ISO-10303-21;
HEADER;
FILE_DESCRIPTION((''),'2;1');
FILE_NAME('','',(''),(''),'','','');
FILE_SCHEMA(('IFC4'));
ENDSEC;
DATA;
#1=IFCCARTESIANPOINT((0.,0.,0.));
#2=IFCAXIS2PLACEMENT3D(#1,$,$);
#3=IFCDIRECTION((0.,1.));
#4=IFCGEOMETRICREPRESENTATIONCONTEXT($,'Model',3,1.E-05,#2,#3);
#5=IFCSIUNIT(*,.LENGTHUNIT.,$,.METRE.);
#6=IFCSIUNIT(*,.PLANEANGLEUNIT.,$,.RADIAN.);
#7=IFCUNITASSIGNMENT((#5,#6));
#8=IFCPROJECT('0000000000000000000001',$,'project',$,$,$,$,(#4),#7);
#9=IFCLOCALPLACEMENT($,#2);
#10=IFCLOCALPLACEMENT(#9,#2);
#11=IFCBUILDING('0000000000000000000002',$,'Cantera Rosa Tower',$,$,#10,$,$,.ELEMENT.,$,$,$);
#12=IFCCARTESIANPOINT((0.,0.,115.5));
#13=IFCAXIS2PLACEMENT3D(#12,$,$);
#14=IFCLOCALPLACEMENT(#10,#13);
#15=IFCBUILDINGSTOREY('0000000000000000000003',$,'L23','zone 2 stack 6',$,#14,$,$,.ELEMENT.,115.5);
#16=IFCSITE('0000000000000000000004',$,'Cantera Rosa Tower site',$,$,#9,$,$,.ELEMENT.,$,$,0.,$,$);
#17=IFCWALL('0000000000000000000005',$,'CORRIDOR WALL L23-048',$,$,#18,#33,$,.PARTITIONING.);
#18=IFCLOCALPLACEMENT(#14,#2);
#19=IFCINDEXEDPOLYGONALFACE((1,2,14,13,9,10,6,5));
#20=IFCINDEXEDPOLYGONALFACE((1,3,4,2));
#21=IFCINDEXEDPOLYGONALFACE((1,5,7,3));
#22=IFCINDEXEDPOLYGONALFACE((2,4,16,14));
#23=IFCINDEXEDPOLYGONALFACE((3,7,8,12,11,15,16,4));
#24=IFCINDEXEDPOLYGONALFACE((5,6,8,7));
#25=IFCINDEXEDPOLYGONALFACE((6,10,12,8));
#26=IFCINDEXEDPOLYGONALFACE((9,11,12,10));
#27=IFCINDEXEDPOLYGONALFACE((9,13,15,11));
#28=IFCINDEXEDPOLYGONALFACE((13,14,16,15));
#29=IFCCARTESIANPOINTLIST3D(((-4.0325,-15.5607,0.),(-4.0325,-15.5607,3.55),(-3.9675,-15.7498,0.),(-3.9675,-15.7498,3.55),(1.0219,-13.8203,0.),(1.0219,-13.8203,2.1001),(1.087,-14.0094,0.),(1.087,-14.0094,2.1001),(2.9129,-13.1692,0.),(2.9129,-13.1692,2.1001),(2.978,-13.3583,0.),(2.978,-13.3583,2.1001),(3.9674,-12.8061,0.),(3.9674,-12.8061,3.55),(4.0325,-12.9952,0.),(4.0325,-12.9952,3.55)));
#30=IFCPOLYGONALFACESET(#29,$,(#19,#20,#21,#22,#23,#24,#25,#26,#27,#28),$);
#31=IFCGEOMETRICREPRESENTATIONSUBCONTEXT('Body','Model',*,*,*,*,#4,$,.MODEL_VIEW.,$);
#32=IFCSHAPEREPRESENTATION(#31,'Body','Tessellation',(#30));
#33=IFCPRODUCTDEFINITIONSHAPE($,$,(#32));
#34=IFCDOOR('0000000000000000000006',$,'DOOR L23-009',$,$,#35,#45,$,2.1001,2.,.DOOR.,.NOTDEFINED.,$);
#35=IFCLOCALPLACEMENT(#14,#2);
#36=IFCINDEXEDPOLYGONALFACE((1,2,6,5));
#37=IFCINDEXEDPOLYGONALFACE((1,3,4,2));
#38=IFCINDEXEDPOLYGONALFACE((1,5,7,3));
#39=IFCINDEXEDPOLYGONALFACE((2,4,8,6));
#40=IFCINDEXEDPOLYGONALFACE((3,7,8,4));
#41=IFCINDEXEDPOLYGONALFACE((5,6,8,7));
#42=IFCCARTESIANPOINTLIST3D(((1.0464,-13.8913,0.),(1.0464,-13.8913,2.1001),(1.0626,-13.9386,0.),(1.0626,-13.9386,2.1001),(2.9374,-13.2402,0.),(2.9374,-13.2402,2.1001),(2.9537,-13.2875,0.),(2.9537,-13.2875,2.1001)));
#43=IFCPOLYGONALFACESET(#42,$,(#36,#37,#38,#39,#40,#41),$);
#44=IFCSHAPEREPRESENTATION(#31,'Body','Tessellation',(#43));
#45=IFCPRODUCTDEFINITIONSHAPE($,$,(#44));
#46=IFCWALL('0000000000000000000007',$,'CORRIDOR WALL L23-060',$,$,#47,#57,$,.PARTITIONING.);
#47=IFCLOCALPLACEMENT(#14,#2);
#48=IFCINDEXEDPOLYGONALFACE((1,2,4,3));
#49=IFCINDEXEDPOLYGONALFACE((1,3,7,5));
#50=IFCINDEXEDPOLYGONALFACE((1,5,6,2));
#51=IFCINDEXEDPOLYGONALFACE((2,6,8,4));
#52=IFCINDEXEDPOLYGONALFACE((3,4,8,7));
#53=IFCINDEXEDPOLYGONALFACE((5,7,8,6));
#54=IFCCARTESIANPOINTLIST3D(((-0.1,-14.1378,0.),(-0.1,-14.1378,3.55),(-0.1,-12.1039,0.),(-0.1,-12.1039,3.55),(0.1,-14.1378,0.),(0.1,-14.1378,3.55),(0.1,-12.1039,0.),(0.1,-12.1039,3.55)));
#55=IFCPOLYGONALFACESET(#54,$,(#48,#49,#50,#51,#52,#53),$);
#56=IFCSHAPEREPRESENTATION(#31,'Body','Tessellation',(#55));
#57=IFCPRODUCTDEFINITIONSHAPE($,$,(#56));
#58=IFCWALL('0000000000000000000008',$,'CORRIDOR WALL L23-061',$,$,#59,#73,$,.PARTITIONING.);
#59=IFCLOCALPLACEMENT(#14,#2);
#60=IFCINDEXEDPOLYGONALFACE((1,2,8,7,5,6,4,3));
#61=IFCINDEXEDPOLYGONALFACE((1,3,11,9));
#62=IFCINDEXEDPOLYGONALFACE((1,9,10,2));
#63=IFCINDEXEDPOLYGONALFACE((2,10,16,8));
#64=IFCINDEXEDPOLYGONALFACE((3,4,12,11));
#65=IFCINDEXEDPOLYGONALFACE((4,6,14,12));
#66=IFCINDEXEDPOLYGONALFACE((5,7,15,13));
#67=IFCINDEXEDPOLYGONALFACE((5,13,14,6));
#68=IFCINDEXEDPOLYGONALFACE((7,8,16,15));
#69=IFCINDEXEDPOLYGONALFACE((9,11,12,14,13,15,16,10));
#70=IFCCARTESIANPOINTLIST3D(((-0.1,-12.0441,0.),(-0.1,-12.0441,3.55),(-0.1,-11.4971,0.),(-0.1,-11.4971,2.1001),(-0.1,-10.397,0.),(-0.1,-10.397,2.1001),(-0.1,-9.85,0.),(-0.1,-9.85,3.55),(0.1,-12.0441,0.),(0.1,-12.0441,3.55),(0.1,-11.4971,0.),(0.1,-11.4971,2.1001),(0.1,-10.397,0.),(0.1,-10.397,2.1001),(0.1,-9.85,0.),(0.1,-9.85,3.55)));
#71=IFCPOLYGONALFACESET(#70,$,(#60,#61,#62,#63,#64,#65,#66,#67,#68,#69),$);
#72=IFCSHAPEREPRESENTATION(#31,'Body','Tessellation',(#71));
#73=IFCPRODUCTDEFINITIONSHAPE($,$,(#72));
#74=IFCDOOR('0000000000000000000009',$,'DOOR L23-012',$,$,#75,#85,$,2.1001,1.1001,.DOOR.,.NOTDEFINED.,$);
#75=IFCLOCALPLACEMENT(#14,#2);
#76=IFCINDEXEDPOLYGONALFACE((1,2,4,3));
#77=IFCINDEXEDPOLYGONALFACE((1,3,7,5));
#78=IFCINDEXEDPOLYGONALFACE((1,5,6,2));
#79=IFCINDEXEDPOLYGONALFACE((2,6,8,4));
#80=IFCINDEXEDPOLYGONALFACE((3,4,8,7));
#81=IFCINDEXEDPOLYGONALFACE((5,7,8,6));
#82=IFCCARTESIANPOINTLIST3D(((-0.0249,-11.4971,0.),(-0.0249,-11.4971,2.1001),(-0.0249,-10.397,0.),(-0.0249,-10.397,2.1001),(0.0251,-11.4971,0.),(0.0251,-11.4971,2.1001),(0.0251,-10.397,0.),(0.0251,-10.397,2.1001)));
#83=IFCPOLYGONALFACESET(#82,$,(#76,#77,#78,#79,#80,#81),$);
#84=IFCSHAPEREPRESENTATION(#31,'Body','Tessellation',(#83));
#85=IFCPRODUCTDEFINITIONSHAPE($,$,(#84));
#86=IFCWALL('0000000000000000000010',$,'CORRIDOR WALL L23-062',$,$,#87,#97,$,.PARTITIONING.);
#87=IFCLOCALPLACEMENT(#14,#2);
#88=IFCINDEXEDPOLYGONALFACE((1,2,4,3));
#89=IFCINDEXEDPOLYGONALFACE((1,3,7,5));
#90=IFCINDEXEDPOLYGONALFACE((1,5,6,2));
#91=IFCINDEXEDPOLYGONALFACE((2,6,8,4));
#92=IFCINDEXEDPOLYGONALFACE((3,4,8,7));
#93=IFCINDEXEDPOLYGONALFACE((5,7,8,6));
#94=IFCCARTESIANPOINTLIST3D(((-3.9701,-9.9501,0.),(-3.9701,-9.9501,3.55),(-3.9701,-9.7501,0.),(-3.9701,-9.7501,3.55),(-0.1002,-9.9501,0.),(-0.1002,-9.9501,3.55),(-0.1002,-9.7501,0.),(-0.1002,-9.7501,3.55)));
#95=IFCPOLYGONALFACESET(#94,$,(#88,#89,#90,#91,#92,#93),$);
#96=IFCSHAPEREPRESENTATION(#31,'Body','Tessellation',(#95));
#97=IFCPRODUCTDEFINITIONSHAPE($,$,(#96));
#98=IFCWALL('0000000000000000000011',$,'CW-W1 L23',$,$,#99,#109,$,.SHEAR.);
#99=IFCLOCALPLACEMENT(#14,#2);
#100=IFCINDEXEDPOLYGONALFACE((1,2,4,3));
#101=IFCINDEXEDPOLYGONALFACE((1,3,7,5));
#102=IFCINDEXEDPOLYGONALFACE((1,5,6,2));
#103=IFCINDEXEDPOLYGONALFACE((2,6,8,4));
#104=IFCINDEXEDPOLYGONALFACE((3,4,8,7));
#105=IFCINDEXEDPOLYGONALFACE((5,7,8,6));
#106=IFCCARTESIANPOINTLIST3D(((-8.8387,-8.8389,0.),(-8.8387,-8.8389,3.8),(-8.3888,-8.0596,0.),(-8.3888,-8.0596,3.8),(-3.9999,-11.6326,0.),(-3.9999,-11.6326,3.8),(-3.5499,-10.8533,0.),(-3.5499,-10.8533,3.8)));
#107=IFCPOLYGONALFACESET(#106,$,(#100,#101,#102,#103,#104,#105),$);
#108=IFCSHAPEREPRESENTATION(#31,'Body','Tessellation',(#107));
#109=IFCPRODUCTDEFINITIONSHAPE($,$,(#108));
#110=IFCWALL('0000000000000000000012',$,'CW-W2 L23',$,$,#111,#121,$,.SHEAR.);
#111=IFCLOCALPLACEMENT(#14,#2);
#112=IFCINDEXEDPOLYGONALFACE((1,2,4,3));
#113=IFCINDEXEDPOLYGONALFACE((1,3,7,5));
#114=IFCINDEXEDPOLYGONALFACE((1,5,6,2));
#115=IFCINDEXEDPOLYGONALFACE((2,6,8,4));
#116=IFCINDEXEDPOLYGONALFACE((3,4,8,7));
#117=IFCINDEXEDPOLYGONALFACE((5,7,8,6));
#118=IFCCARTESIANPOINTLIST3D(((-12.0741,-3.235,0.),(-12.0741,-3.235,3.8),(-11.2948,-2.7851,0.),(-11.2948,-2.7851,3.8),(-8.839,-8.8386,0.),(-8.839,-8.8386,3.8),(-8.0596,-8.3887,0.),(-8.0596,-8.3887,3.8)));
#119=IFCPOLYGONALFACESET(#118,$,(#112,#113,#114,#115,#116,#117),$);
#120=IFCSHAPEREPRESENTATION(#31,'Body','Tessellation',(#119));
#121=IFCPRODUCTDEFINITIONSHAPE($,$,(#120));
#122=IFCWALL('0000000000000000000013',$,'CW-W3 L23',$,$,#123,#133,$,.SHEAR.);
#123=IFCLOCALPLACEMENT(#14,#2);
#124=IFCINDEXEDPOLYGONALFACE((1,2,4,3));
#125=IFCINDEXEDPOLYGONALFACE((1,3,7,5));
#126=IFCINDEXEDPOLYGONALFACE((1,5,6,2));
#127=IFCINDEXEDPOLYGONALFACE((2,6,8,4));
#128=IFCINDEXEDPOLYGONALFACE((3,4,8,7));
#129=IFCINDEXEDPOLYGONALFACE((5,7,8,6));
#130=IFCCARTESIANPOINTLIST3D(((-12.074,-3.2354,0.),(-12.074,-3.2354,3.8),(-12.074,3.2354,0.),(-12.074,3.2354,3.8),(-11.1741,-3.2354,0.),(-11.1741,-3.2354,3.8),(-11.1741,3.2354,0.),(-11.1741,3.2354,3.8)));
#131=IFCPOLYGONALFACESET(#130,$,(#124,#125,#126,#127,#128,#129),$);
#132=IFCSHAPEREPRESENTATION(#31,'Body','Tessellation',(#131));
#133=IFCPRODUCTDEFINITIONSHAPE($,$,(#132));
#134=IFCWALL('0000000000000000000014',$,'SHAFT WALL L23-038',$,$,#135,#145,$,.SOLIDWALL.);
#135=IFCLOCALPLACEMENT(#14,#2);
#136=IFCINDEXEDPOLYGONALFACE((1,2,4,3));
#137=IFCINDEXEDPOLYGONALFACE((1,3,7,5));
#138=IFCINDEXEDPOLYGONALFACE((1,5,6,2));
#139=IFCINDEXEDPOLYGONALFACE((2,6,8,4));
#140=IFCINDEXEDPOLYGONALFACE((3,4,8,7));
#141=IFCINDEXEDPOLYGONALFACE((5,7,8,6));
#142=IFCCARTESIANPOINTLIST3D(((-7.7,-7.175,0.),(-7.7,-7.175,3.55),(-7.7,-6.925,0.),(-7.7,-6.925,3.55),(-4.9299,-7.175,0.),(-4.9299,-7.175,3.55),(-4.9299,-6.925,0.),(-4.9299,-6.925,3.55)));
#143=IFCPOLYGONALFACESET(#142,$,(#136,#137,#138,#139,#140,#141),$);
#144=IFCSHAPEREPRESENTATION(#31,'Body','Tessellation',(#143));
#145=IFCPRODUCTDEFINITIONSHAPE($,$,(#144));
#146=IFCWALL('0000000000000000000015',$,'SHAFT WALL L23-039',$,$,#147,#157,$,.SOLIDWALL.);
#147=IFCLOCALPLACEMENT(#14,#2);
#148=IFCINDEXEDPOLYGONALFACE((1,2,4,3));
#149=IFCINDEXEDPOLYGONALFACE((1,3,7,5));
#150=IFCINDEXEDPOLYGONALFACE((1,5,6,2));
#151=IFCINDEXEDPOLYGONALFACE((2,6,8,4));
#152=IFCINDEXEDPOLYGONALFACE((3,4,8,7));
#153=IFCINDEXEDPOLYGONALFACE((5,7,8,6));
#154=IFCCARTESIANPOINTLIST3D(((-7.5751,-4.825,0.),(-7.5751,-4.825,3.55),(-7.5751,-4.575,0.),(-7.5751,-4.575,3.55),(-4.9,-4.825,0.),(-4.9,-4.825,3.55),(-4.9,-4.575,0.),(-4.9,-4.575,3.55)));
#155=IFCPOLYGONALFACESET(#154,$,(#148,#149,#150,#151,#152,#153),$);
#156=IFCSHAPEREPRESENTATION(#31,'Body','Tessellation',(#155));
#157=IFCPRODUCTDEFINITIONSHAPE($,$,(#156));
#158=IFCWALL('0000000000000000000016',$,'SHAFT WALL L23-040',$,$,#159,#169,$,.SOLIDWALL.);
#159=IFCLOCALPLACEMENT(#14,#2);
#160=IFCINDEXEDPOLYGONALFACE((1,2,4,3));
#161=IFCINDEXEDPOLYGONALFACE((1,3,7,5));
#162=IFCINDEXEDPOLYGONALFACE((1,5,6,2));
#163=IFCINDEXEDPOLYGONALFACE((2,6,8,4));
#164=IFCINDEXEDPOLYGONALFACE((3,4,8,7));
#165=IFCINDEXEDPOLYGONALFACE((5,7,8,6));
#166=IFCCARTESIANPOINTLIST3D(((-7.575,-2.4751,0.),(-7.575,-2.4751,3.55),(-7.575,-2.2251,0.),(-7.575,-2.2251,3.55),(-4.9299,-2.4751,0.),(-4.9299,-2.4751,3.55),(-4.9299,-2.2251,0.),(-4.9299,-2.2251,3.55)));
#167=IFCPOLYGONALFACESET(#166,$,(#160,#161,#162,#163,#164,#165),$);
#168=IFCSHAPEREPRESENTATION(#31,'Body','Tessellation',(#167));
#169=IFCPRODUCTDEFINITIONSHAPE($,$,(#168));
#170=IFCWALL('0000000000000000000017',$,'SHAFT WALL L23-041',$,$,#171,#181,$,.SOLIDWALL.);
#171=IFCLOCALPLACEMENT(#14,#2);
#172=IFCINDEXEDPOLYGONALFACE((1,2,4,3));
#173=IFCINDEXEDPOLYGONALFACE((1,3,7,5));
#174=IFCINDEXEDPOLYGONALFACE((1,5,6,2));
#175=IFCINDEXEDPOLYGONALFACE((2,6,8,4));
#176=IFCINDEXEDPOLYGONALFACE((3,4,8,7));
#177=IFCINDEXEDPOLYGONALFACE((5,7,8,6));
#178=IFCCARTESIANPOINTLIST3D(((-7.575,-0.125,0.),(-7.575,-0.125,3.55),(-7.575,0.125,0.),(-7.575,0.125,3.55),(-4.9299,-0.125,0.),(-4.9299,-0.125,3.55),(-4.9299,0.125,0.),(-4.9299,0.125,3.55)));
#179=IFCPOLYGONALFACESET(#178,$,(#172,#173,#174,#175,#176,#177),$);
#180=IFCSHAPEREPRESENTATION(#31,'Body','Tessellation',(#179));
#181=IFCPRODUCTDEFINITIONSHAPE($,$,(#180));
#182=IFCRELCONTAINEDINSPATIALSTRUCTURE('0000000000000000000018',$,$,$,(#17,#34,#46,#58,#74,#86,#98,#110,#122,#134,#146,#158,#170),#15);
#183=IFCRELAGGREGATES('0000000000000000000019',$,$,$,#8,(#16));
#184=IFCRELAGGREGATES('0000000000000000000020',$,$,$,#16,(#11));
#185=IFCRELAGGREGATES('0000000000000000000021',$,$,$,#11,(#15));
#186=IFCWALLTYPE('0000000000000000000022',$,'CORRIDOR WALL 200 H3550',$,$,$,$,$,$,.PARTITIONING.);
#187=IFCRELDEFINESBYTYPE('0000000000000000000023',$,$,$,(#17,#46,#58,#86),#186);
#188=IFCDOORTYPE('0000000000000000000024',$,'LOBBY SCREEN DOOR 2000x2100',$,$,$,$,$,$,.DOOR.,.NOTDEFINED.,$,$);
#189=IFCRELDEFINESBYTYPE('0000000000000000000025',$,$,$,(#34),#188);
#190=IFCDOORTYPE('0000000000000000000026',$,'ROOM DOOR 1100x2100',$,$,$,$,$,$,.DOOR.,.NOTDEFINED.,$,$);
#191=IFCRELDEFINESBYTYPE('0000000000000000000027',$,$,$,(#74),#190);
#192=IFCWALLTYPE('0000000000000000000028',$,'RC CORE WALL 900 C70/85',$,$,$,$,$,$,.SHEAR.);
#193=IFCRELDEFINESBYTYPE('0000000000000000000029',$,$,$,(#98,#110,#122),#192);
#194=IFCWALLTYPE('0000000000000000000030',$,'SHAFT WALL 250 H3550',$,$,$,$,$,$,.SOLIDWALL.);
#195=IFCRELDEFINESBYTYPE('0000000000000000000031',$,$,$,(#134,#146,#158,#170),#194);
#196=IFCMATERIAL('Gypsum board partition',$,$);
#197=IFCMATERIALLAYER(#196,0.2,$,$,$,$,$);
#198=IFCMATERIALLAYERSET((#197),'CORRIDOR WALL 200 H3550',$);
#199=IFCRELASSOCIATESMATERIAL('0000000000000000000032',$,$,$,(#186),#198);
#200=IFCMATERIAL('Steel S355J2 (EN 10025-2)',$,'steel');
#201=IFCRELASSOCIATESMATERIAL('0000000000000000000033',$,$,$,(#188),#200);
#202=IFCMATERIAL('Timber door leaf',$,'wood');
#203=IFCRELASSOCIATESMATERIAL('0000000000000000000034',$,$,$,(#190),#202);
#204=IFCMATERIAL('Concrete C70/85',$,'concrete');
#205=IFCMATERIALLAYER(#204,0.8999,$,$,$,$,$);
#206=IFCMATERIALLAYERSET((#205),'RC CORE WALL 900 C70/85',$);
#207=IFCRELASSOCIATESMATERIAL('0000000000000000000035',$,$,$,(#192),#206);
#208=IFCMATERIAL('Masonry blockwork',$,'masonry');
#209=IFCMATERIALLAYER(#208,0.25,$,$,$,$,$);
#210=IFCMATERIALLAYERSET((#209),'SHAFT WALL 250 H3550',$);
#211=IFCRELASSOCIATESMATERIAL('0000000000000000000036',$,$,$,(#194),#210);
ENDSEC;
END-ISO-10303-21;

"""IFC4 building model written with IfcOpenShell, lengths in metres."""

from ifc_helpers import new_model, si_unit, direction, frame, frame_2d, origin, place, context, subcontext, project, spatial, rectangle, extrude, material, layer, layer_set, type_object, element, fill, save


model = new_model("IFC4")

# Units and contexts
model_context = context("Model", 3, precision=1e-05, world=origin(), true_north=direction((0.0, 1.0)))
body_context = subcontext(model_context, "Body", "Model", "MODEL_VIEW")
ifc_project = project(units=[si_unit("LENGTHUNIT", "METRE"), si_unit("PLANEANGLEUNIT", "RADIAN")], contexts=[model_context])

# Site, building, storey
site_placement = place(None, origin())
site = spatial("IfcSite", under=ifc_project, at=site_placement, Name="Cantera Rosa Tower site", CompositionType="ELEMENT", RefElevation=0.0)
building_placement = place(site_placement, origin())
building = spatial("IfcBuilding", under=site, at=building_placement, Name="Cantera Rosa Tower", CompositionType="ELEMENT")
storey_placement = place(building_placement, frame((0.0, 0.0, 115.5)))
storey = spatial("IfcBuildingStorey", under=building, at=storey_placement, Name="L23", Description="zone 2 stack 6", CompositionType="ELEMENT", Elevation=115.5)

# Wall, opening, door
ifc_material_1 = material(Name="Gypsum board partition")
ifc_layer_1 = layer(ifc_material_1, 0.2)
ifc_layer_set_1 = layer_set([ifc_layer_1], Name="CORRIDOR WALL 200 H3550")
wall_type_1 = type_object("IfcWallType", Name="CORRIDOR WALL 200 H3550", PredefinedType="PARTITIONING", material=ifc_layer_set_1)
wall_1_placement = place(storey_placement, frame((-4.0, -15.6553, 0.0), z_axis=(0.0, 0.0, 1.0), x_axis=(0.945518, 0.32557, 0.0)))
wall_1 = element("IfcWall", 1, at=wall_1_placement, inside=storey, type_object=wall_type_1, Name="CORRIDOR WALL L23-048", PredefinedType="PARTITIONING", context=body_context, shape_type="SweptSolid", body=[
    extrude(rectangle(XDim=8.4609, YDim=0.2, at=frame_2d((4.2305, 0.0))), origin(), (0.0, 0.0, 1.0), 3.55),
])
opening_1_placement = place(wall_1_placement, frame((5.3457, 0.0, 0.0)))
opening_1 = element("IfcOpeningElement", 2, at=opening_1_placement, cuts=wall_1, PredefinedType="OPENING", context=body_context, shape_type="SweptSolid", body=[
    extrude(rectangle(XDim=2.0, YDim=2.1001, at=frame_2d((1.0, 1.05))), frame((0.0, 0.1099, 0.0), z_axis=(0.0, -1.0, 0.0), x_axis=(1.0, 0.0, 0.0)), (0.0, 0.0, 1.0), 0.22),
])
ifc_material_2 = material(Name="Steel S355J2 (EN 10025-2)", Category="steel")
door_type_1 = type_object("IfcDoorType", Name="LOBBY SCREEN DOOR 2000x2100", OperationType="NOTDEFINED", PredefinedType="DOOR", material=ifc_material_2)
door_1_placement = place(opening_1_placement, origin())
door_1 = element("IfcDoor", 3, at=door_1_placement, inside=storey, type_object=door_type_1, Name="DOOR L23-009", OperationType="NOTDEFINED", OverallHeight=2.1001, OverallWidth=2.0, PredefinedType="DOOR", context=body_context, shape_type="SweptSolid", body=[
    extrude(rectangle(XDim=2.0, YDim=2.1001, at=frame_2d((1.0, 1.05))), frame((0.0, 0.0249, 0.0), z_axis=(0.0, -1.0, 0.0), x_axis=(1.0, 0.0, 0.0)), (0.0, 0.0, 1.0), 0.05),
])
fill(opening_1, door_1)

# Wall
wall_2_placement = place(storey_placement, frame((0.0, -14.1379, 0.0), z_axis=(0.0, 0.0, 1.0), x_axis=(0.0, 1.0, 0.0)))
element("IfcWall", 4, at=wall_2_placement, inside=storey, type_object=wall_type_1, Name="CORRIDOR WALL L23-060", PredefinedType="PARTITIONING", context=body_context, shape_type="SweptSolid", body=[
    extrude(rectangle(XDim=2.0339, YDim=0.2, at=frame_2d((1.0171, 0.0))), origin(), (0.0, 0.0, 1.0), 3.55),
])

# Wall, opening, door
wall_3_placement = place(storey_placement, frame((0.0, -12.0442, 0.0), z_axis=(0.0, 0.0, 1.0), x_axis=(0.0, 1.0, 0.0)))
wall_3 = element("IfcWall", 5, at=wall_3_placement, inside=storey, type_object=wall_type_1, Name="CORRIDOR WALL L23-061", PredefinedType="PARTITIONING", context=body_context, shape_type="SweptSolid", body=[
    extrude(rectangle(XDim=2.1941, YDim=0.2, at=frame_2d((1.0972, 0.0))), origin(), (0.0, 0.0, 1.0), 3.55),
])
opening_2_placement = place(wall_3_placement, frame((0.5471, 0.0, 0.0)))
opening_2 = element("IfcOpeningElement", 6, at=opening_2_placement, cuts=wall_3, PredefinedType="OPENING", context=body_context, shape_type="SweptSolid", body=[
    extrude(rectangle(XDim=1.1001, YDim=2.1001, at=frame_2d((0.55, 1.05))), frame((0.0, 0.1099, 0.0), z_axis=(0.0, -1.0, 0.0), x_axis=(1.0, 0.0, 0.0)), (0.0, 0.0, 1.0), 0.22),
])
ifc_material_3 = material(Name="Timber door leaf", Category="wood")
door_type_2 = type_object("IfcDoorType", Name="ROOM DOOR 1100x2100", OperationType="NOTDEFINED", PredefinedType="DOOR", material=ifc_material_3)
door_2_placement = place(opening_2_placement, origin())
door_2 = element("IfcDoor", 7, at=door_2_placement, inside=storey, type_object=door_type_2, Name="DOOR L23-012", OperationType="NOTDEFINED", OverallHeight=2.1001, OverallWidth=1.1001, PredefinedType="DOOR", context=body_context, shape_type="SweptSolid", body=[
    extrude(rectangle(XDim=1.1001, YDim=2.1001, at=frame_2d((0.55, 1.05))), frame((0.0, 0.0249, 0.0), z_axis=(0.0, -1.0, 0.0), x_axis=(1.0, 0.0, 0.0)), (0.0, 0.0, 1.0), 0.05),
])
fill(opening_2, door_2)

# Walls
wall_4_placement = place(storey_placement, frame((-0.1001, -9.8501, 0.0), z_axis=(0.0, 0.0, 1.0), x_axis=(-1.0, 0.0, 0.0)))
element("IfcWall", 8, at=wall_4_placement, inside=storey, type_object=wall_type_1, Name="CORRIDOR WALL L23-062", PredefinedType="PARTITIONING", context=body_context, shape_type="SweptSolid", body=[
    extrude(rectangle(XDim=3.8699, YDim=0.2, at=frame_2d((1.9351, 0.0))), origin(), (0.0, 0.0, 1.0), 3.55),
])
ifc_material_4 = material(Name="Concrete C70/85", Category="concrete")
ifc_layer_2 = layer(ifc_material_4, 0.8999)
ifc_layer_set_2 = layer_set([ifc_layer_2], Name="RC CORE WALL 900 C70/85")
wall_type_2 = type_object("IfcWallType", Name="RC CORE WALL 900 C70/85", PredefinedType="SHEAR", material=ifc_layer_set_2)
wall_5_placement = place(storey_placement, frame((-3.7749, -11.2429, 0.0), z_axis=(0.0, 0.0, 1.0), x_axis=(-0.866027, 0.499997, 0.0)))
element("IfcWall", 9, at=wall_5_placement, inside=storey, type_object=wall_type_2, Name="CW-W1 L23", PredefinedType="SHEAR", context=body_context, shape_type="SweptSolid", body=[
    extrude(rectangle(XDim=5.5874, YDim=0.8999, at=frame_2d((2.7937, 0.0))), origin(), (0.0, 0.0, 1.0), 3.8),
])
wall_6_placement = place(storey_placement, frame((-8.4492, -8.6138, 0.0), z_axis=(0.0, 0.0, 1.0), x_axis=(-0.49999, 0.866031, 0.0)))
element("IfcWall", 10, at=wall_6_placement, inside=storey, type_object=wall_type_2, Name="CW-W2 L23", PredefinedType="SHEAR", context=body_context, shape_type="SweptSolid", body=[
    extrude(rectangle(XDim=6.4705, YDim=0.8999, at=frame_2d((3.2354, 0.0))), origin(), (0.0, 0.0, 1.0), 3.8),
])
wall_7_placement = place(storey_placement, frame((-11.624, -3.2354, 0.0), z_axis=(0.0, 0.0, 1.0), x_axis=(0.0, 1.0, 0.0)))
element("IfcWall", 11, at=wall_7_placement, inside=storey, type_object=wall_type_2, Name="CW-W3 L23", PredefinedType="SHEAR", context=body_context, shape_type="SweptSolid", body=[
    extrude(rectangle(XDim=6.4707, YDim=0.8999, at=frame_2d((3.2354, 0.0))), origin(), (0.0, 0.0, 1.0), 3.8),
])
ifc_material_5 = material(Name="Masonry blockwork", Category="masonry")
ifc_layer_3 = layer(ifc_material_5, 0.25)
ifc_layer_set_3 = layer_set([ifc_layer_3], Name="SHAFT WALL 250 H3550")
wall_type_3 = type_object("IfcWallType", Name="SHAFT WALL 250 H3550", PredefinedType="SOLIDWALL", material=ifc_layer_set_3)
wall_8_placement = place(storey_placement, frame((-7.7, -7.05, 0.0), z_axis=(0.0, 0.0, 1.0), x_axis=(1.0, 0.0, 0.0)))
element("IfcWall", 12, at=wall_8_placement, inside=storey, type_object=wall_type_3, Name="SHAFT WALL L23-038", PredefinedType="SOLIDWALL", context=body_context, shape_type="SweptSolid", body=[
    extrude(rectangle(XDim=2.77, YDim=0.25, at=frame_2d((1.385, 0.0))), origin(), (0.0, 0.0, 1.0), 3.55),
])
wall_9_placement = place(storey_placement, frame((-7.575, -4.7, 0.0), z_axis=(0.0, 0.0, 1.0), x_axis=(1.0, 0.0, 0.0)))
element("IfcWall", 13, at=wall_9_placement, inside=storey, type_object=wall_type_3, Name="SHAFT WALL L23-039", PredefinedType="SOLIDWALL", context=body_context, shape_type="SweptSolid", body=[
    extrude(rectangle(XDim=2.675, YDim=0.25, at=frame_2d((1.3374, 0.0))), origin(), (0.0, 0.0, 1.0), 3.55),
])
for number, where, z_axis, x_axis, name in (
    (14, (-7.575, -2.3501, 0.0), (0.0, 0.0, 1.0), (1.0, 0.0, 0.0), "SHAFT WALL L23-040"),
    (15, (-7.575, 0.0, 0.0), (0.0, 0.0, 1.0), (1.0, 0.0, 0.0), "SHAFT WALL L23-041"),
):
    element("IfcWall", number, at=place(storey_placement, frame(where, z_axis=z_axis, x_axis=x_axis)), inside=storey, type_object=wall_type_3, Name=name, PredefinedType="SOLIDWALL", context=body_context, shape_type="SweptSolid", body=[
        extrude(rectangle(XDim=2.645, YDim=0.25, at=frame_2d((1.3225, 0.0))), origin(), (0.0, 0.0, 1.0), 3.55),
    ])

save(model, "model.ifc")
